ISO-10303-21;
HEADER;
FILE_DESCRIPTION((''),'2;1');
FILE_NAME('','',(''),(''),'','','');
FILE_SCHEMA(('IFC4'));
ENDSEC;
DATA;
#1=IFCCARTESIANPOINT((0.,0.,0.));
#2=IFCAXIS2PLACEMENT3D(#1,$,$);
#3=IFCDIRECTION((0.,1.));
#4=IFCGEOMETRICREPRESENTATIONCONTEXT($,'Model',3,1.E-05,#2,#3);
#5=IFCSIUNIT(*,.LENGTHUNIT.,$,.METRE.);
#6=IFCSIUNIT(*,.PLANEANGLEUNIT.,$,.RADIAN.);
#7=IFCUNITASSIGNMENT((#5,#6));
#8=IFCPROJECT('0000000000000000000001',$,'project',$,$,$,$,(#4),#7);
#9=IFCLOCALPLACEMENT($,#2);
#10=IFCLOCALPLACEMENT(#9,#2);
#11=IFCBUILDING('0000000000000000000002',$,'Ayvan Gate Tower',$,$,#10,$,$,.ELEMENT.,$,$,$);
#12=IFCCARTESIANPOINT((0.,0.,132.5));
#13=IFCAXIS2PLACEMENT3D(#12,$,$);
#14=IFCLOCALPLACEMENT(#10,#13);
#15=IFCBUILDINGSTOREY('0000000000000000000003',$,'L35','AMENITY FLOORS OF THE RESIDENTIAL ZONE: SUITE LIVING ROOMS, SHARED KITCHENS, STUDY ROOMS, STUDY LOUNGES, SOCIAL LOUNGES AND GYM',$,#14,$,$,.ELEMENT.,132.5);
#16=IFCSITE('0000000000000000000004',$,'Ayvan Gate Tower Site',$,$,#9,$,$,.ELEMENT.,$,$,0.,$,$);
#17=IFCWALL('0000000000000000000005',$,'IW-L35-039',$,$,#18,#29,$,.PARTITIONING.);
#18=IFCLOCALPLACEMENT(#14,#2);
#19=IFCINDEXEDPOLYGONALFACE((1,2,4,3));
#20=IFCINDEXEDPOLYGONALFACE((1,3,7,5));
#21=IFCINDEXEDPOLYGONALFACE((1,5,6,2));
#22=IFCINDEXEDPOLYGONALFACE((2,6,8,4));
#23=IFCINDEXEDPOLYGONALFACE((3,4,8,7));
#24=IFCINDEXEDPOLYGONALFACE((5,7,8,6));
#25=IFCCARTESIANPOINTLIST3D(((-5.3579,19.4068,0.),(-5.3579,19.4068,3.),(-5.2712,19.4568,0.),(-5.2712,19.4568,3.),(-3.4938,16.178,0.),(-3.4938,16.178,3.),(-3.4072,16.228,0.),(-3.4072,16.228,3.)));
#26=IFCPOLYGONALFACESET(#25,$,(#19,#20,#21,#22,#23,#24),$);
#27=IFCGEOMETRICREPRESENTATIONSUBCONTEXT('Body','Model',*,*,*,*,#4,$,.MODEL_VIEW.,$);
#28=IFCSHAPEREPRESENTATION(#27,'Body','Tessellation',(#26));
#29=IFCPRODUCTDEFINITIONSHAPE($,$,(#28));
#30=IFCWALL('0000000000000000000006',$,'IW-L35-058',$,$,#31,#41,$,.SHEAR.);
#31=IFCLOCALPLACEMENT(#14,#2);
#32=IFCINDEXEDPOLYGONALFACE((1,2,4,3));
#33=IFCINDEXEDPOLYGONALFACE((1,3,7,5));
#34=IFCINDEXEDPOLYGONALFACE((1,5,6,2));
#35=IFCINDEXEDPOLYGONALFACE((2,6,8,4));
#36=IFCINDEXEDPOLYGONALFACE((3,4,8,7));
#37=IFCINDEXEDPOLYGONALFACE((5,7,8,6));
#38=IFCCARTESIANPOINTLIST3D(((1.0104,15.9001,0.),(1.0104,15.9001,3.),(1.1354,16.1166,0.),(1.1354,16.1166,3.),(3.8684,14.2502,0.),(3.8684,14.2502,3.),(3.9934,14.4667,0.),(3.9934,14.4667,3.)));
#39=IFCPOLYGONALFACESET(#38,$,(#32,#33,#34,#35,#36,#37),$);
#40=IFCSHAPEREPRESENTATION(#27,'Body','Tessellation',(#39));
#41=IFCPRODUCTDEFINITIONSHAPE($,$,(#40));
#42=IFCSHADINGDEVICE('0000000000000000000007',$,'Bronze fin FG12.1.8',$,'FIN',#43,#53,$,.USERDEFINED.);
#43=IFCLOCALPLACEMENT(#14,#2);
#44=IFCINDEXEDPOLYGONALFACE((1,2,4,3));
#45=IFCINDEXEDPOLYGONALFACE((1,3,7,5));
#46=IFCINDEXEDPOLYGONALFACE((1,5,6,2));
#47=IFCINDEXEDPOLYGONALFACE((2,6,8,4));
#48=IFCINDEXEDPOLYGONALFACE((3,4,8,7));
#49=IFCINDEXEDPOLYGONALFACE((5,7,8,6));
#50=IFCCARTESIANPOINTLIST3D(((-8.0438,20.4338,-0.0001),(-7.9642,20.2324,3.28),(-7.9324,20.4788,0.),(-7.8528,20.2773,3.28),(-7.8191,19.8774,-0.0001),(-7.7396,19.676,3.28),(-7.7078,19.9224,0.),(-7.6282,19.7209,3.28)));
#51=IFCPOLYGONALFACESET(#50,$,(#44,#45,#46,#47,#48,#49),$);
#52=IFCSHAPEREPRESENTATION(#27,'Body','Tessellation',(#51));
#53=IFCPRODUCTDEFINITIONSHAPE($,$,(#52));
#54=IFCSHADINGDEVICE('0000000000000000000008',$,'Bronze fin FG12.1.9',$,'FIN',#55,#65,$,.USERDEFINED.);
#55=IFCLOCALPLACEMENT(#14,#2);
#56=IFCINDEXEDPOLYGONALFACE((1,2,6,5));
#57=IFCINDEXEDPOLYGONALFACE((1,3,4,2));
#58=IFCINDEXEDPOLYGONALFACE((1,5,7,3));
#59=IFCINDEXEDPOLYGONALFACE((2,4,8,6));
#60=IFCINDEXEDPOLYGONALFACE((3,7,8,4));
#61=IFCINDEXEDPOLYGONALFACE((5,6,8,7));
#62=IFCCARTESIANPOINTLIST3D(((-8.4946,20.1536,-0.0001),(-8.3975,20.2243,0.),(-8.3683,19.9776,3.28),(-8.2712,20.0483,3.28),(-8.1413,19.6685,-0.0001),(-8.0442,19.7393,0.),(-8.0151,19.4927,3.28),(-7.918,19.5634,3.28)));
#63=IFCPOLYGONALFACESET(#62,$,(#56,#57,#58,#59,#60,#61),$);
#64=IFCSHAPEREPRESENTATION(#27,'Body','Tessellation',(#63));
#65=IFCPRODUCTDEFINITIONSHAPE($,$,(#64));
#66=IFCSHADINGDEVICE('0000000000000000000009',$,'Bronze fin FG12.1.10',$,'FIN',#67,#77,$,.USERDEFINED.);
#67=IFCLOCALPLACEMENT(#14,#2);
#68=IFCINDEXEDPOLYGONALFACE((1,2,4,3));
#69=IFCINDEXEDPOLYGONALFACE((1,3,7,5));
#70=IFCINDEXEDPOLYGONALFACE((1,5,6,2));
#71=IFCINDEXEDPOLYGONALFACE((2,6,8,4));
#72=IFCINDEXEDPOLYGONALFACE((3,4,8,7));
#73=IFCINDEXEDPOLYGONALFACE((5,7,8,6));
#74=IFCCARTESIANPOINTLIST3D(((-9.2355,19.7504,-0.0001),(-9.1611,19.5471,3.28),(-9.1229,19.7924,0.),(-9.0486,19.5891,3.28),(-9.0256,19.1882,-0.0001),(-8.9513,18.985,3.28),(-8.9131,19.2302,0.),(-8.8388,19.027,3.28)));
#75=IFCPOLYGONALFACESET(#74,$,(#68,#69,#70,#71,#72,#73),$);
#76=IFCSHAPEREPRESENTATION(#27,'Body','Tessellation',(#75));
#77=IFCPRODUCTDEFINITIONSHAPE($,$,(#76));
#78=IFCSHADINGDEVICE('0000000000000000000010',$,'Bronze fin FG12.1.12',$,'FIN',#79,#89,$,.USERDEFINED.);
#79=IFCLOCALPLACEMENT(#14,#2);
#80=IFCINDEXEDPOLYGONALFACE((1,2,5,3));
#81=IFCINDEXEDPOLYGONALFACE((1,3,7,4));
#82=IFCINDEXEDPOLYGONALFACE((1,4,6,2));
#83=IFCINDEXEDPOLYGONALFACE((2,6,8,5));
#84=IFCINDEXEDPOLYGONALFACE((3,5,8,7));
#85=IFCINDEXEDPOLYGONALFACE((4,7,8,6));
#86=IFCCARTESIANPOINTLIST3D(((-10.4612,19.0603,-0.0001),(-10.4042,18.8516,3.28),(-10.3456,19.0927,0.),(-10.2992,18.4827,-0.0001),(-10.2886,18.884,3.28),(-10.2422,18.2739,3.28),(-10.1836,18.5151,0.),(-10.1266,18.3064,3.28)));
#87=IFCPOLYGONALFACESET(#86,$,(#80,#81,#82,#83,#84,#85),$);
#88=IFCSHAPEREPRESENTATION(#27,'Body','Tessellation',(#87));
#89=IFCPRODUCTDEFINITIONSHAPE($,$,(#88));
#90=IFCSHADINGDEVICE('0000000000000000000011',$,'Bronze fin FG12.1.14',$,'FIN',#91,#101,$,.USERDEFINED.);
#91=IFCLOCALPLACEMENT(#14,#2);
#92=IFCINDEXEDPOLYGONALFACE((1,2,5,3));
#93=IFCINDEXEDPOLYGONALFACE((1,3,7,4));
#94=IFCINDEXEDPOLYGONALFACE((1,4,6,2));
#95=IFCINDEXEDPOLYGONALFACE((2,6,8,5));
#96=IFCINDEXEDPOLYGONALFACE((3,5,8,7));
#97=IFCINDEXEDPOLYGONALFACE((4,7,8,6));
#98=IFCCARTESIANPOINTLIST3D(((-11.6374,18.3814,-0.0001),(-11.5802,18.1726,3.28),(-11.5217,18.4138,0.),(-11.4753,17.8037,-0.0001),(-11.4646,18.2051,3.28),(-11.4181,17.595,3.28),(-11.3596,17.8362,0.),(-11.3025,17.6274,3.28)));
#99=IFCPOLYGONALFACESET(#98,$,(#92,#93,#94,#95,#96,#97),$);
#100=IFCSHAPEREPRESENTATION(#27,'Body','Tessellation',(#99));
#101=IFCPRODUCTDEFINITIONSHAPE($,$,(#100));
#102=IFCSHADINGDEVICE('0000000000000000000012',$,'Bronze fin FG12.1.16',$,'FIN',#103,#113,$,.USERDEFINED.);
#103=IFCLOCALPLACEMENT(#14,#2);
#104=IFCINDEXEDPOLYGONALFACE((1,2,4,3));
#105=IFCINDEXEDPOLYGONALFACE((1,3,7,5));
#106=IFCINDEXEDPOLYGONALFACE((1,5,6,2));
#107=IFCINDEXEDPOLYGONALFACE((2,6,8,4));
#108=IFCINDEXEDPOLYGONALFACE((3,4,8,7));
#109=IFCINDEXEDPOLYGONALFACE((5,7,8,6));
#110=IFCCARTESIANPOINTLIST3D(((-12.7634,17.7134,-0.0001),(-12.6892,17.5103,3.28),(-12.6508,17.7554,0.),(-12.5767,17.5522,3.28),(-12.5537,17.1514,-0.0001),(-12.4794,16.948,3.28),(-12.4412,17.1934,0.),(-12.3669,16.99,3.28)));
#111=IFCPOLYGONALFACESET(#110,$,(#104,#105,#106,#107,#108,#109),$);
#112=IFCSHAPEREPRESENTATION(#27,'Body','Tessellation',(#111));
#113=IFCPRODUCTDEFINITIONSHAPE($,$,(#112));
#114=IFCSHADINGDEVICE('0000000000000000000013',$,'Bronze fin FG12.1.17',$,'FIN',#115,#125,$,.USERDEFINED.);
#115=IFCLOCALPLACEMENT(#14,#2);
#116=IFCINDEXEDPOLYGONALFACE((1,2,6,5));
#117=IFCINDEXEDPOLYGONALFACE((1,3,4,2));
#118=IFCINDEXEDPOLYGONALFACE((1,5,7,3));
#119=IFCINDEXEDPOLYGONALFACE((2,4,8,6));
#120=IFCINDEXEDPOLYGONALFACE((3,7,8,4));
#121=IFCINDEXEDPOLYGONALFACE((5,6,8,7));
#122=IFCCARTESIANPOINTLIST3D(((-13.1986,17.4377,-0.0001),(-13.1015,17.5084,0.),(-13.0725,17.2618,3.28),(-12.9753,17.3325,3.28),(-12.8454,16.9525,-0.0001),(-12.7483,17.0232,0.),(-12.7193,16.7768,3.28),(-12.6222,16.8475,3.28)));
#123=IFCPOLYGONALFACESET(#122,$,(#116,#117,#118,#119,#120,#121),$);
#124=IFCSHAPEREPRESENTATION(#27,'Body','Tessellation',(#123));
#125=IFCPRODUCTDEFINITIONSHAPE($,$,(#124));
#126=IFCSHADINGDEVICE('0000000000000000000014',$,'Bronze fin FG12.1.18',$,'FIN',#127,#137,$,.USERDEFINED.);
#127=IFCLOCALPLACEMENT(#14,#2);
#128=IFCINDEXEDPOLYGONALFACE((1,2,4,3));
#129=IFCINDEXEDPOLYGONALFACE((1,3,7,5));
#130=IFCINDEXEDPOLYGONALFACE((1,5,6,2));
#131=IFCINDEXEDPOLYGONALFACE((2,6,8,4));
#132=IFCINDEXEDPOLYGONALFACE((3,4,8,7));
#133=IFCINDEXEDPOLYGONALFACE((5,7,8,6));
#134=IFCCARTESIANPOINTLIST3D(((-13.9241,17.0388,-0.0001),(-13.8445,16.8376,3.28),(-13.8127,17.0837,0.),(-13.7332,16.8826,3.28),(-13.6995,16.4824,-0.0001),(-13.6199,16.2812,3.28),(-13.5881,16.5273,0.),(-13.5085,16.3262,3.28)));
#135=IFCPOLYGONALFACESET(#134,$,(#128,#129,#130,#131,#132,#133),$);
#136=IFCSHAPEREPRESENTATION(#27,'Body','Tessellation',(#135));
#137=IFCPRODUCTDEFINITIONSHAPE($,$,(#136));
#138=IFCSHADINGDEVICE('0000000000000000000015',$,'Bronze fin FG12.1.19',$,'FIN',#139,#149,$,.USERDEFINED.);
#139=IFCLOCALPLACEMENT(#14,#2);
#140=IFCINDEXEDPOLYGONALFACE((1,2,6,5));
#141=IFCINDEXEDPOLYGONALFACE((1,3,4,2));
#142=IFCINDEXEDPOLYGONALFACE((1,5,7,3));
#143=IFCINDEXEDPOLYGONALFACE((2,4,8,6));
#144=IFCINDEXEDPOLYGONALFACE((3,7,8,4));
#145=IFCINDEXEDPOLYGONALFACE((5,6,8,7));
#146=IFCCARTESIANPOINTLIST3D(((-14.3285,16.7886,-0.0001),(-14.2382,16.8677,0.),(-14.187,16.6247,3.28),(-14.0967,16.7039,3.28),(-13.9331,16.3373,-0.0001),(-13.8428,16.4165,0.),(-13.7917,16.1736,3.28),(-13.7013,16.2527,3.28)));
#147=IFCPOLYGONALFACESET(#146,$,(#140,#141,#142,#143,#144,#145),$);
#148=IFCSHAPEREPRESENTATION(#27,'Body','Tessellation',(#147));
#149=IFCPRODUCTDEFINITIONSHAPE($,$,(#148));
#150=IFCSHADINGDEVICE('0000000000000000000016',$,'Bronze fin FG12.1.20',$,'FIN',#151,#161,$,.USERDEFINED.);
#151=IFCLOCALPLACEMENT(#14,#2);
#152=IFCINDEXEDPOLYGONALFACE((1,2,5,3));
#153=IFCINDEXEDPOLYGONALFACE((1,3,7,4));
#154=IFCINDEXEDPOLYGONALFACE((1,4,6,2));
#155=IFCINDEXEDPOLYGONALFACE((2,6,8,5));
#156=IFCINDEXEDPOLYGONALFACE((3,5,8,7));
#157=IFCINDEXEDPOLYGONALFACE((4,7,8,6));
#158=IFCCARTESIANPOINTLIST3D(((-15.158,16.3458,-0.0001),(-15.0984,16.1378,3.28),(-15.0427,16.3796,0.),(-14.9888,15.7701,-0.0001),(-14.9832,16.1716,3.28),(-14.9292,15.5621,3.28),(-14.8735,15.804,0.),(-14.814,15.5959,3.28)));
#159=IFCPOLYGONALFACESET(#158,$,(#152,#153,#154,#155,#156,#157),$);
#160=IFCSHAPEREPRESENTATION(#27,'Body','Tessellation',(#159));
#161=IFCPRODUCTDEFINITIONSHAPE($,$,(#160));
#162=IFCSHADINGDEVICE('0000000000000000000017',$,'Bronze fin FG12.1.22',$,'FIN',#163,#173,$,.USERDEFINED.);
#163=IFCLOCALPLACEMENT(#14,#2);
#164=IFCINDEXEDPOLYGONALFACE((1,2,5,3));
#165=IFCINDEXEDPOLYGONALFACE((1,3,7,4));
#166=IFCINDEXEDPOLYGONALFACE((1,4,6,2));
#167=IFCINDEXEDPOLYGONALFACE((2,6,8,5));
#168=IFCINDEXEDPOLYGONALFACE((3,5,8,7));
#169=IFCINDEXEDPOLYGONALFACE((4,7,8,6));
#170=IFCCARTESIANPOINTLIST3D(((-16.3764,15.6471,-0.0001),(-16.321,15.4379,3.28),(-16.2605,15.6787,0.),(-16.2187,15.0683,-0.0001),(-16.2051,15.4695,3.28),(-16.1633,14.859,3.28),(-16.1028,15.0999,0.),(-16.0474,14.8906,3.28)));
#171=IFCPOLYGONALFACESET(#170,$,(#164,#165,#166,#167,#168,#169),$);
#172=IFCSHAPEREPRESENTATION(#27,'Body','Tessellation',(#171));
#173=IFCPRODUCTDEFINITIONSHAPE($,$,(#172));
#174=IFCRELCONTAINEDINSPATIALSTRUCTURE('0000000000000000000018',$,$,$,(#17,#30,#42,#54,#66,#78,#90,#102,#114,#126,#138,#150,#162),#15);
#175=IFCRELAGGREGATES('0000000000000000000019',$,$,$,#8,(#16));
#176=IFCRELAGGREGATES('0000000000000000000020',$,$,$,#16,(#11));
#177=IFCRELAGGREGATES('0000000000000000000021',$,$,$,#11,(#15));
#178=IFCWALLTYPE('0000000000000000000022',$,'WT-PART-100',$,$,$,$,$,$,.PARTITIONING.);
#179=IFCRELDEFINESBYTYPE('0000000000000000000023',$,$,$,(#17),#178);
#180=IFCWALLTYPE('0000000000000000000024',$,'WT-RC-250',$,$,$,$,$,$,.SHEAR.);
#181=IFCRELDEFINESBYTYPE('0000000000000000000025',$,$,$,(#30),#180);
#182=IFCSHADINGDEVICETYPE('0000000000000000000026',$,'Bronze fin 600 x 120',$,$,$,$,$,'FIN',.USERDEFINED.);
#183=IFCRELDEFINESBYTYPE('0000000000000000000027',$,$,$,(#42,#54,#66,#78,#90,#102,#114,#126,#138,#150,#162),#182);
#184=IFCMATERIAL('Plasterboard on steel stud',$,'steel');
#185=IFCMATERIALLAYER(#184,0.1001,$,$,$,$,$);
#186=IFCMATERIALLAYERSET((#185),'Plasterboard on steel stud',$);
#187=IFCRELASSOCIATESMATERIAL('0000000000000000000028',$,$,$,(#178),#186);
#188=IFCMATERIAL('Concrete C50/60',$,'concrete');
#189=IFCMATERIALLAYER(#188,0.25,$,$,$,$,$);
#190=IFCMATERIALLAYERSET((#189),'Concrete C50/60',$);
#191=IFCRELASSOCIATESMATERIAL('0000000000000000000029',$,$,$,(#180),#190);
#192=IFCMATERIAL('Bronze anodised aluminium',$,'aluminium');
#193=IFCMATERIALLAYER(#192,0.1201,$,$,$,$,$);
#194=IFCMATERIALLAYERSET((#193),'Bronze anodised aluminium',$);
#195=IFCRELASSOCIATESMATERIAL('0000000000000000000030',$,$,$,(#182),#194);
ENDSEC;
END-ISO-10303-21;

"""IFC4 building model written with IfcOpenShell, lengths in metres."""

from ifc_helpers import new_model, si_unit, direction, frame, frame_2d, origin, place, context, subcontext, project, spatial, polyline, rectangle, outline, extrude, material, layer, layer_set, type_object, element, save


model = new_model("IFC4")

# Units and contexts
model_context = context("Model", 3, precision=1e-05, world=origin(), true_north=direction((0.0, 1.0)))
body_context = subcontext(model_context, "Body", "Model", "MODEL_VIEW")
ifc_project = project(units=[si_unit("LENGTHUNIT", "METRE"), si_unit("PLANEANGLEUNIT", "RADIAN")], contexts=[model_context])

# Site, building, storey
site_placement = place(None, origin())
site = spatial("IfcSite", under=ifc_project, at=site_placement, Name="Ayvan Gate Tower Site", CompositionType="ELEMENT", RefElevation=0.0)
building_placement = place(site_placement, origin())
building = spatial("IfcBuilding", under=site, at=building_placement, Name="Ayvan Gate Tower", CompositionType="ELEMENT")
storey_placement = place(building_placement, frame((0.0, 0.0, 132.5)))
storey = spatial("IfcBuildingStorey", under=building, at=storey_placement, Name="L35", Description="AMENITY FLOORS OF THE RESIDENTIAL ZONE: SUITE LIVING ROOMS, SHARED KITCHENS, STUDY ROOMS, STUDY LOUNGES, SOCIAL LOUNGES AND GYM", CompositionType="ELEMENT", Elevation=132.5)

# Shared definitions
ifc_material_1 = material(Name="Bronze anodised aluminium", Category="aluminium")

# Shared definitions
ifc_material_2 = material(Name="Plasterboard on steel stud", Category="steel")

# Walls
ifc_layer_1 = layer(ifc_material_2, 0.1001)
ifc_layer_set_1 = layer_set([ifc_layer_1], Name="Plasterboard on steel stud")
wall_type_1 = type_object("IfcWallType", Name="WT-PART-100", PredefinedType="PARTITIONING", material=ifc_layer_set_1)
wall_1_placement = place(storey_placement, frame((-3.4504, 16.2029, 0.0), z_axis=(0.0, 0.0, 1.0), x_axis=(-0.499978, 0.866038, 0.0)))
element("IfcWall", 1, at=wall_1_placement, inside=storey, type_object=wall_type_1, Name="IW-L35-039", PredefinedType="PARTITIONING", context=body_context, shape_type="SweptSolid", body=[
    extrude(rectangle(XDim=3.7283, YDim=0.1001, at=frame_2d((1.8643, 0.0))), origin(), (0.0, 0.0, 1.0), 3.0),
])
ifc_material_3 = material(Name="Concrete C50/60", Category="concrete")
ifc_layer_2 = layer(ifc_material_3, 0.25)
ifc_layer_set_2 = layer_set([ifc_layer_2], Name="Concrete C50/60")
wall_type_2 = type_object("IfcWallType", Name="WT-RC-250", PredefinedType="SHEAR", material=ifc_layer_set_2)
wall_2_placement = place(storey_placement, frame((1.073, 16.0083, 0.0), z_axis=(0.0, 0.0, 1.0), x_axis=(0.86604, -0.499974, 0.0)))
element("IfcWall", 2, at=wall_2_placement, inside=storey, type_object=wall_type_2, Name="IW-L35-058", PredefinedType="SHEAR", context=body_context, shape_type="SweptSolid", body=[
    extrude(rectangle(XDim=3.3, YDim=0.25, at=frame_2d((1.6499, 0.0))), origin(), (0.0, 0.0, 1.0), 3.0),
])

# Shading devices
ifc_layer_3 = layer(ifc_material_1, 0.1201)
ifc_layer_set_3 = layer_set([ifc_layer_3], Name="Bronze anodised aluminium")
shading_device_type = type_object("IfcShadingDeviceType", Name="Bronze fin 600 x 120", ElementType="FIN", PredefinedType="USERDEFINED", material=ifc_layer_set_3)
shading_device_1_placement = place(storey_placement, frame((-7.7078, 19.9224, 0.0), z_axis=(0.927293, 0.374335, 0.000486), x_axis=(-0.374335, 0.927293, 0.0)))
element("IfcShadingDevice", 3, at=shading_device_1_placement, inside=storey, type_object=shading_device_type, Name="Bronze fin FG12.1.8", ObjectType="FIN", PredefinedType="USERDEFINED", context=body_context, shape_type="SweptSolid", body=[
    extrude(outline(polyline([(0.0, 0.0), (0.6, 0.0), (0.3835, 3.28), (-0.2166, 3.28), (0.0, 0.0)])), origin(), (0.0, 0.0, -1.0), 0.1201),
])
shading_device_2_placement = place(storey_placement, frame((-8.0442, 19.7393, 0.0), z_axis=(0.808296, 0.588776, 0.000471), x_axis=(-0.588776, 0.808296, 0.0)))
element("IfcShadingDevice", 4, at=shading_device_2_placement, inside=storey, type_object=shading_device_type, Name="Bronze fin FG12.1.9", ObjectType="FIN", PredefinedType="USERDEFINED", context=body_context, shape_type="SweptSolid", body=[
    extrude(outline(polyline([(0.0, 0.0), (0.6001, 0.0), (0.3835, 3.28), (-0.2164, 3.28), (0.0, 0.0)])), origin(), (0.0, 0.0, -1.0), 0.1201),
])
shading_device_3_placement = place(storey_placement, frame((-8.9131, 19.2302, 0.0), z_axis=(0.936855, 0.349718, 0.000437), x_axis=(-0.349718, 0.936855, 0.0)))
element("IfcShadingDevice", 5, at=shading_device_3_placement, inside=storey, type_object=shading_device_type, Name="Bronze fin FG12.1.10", ObjectType="FIN", PredefinedType="USERDEFINED", context=body_context, shape_type="SweptSolid", body=[
    extrude(outline(polyline([(0.0, 0.0), (0.6001, 0.0), (0.3836, 3.28), (-0.2163, 3.28), (0.0, 0.0)])), origin(), (0.0, 0.0, -1.0), 0.1201),
])
shading_device_4_placement = place(storey_placement, frame((-10.1836, 18.5151, 0.0), z_axis=(0.962856, 0.270015, 0.000449), x_axis=(-0.270015, 0.962856, 0.0)))
element("IfcShadingDevice", 6, at=shading_device_4_placement, inside=storey, type_object=shading_device_type, Name="Bronze fin FG12.1.12", ObjectType="FIN", PredefinedType="USERDEFINED", context=body_context, shape_type="SweptSolid", body=[
    extrude(outline(polyline([(0.0, 0.0), (0.5999, 0.0), (0.3835, 3.28), (-0.2164, 3.28), (0.0, 0.0)])), origin(), (0.0, 0.0, -1.0), 0.1201),
])
shading_device_5_placement = place(storey_placement, frame((-11.3596, 17.8362, 0.0), z_axis=(0.962803, 0.270203, 0.000426), x_axis=(-0.270203, 0.962803, 0.0)))
element("IfcShadingDevice", 7, at=shading_device_5_placement, inside=storey, type_object=shading_device_type, Name="Bronze fin FG12.1.14", ObjectType="FIN", PredefinedType="USERDEFINED", context=body_context, shape_type="SweptSolid", body=[
    extrude(outline(polyline([(0.0, 0.0), (0.6, 0.0), (0.3835, 3.28), (-0.2164, 3.28), (0.0, 0.0)])), origin(), (0.0, 0.0, -1.0), 0.1201),
])
shading_device_6_placement = place(storey_placement, frame((-12.4412, 17.1934, 0.0), z_axis=(0.936921, 0.34954, 0.000459), x_axis=(-0.34954, 0.936921, 0.0)))
element("IfcShadingDevice", 8, at=shading_device_6_placement, inside=storey, type_object=shading_device_type, Name="Bronze fin FG12.1.16", ObjectType="FIN", PredefinedType="USERDEFINED", context=body_context, shape_type="SweptSolid", body=[
    extrude(outline(polyline([(0.0, 0.0), (0.5999, 0.0), (0.3836, 3.28), (-0.2165, 3.28), (0.0, 0.0)])), origin(), (0.0, 0.0, -1.0), 0.1201),
])
shading_device_7_placement = place(storey_placement, frame((-12.7483, 17.0232, 0.0), z_axis=(0.808463, 0.588547, 0.00046), x_axis=(-0.588547, 0.808463, 0.0)))
element("IfcShadingDevice", 9, at=shading_device_7_placement, inside=storey, type_object=shading_device_type, Name="Bronze fin FG12.1.17", ObjectType="FIN", PredefinedType="USERDEFINED", context=body_context, shape_type="SweptSolid", body=[
    extrude(outline(polyline([(0.0, 0.0), (0.6001, 0.0), (0.3837, 3.28), (-0.2163, 3.28), (0.0, 0.0)])), origin(), (0.0, 0.0, -1.0), 0.1201),
])
shading_device_8_placement = place(storey_placement, frame((-13.5881, 16.5273, 0.0), z_axis=(0.927293, 0.374335, 0.000458), x_axis=(-0.374335, 0.927293, 0.0)))
element("IfcShadingDevice", 10, at=shading_device_8_placement, inside=storey, type_object=shading_device_type, Name="Bronze fin FG12.1.18", ObjectType="FIN", PredefinedType="USERDEFINED", context=body_context, shape_type="SweptSolid", body=[
    extrude(outline(polyline([(0.0, 0.0), (0.6, 0.0), (0.3837, 3.28), (-0.2163, 3.28), (0.0, 0.0)])), origin(), (0.0, 0.0, -1.0), 0.1201),
])
shading_device_9_placement = place(storey_placement, frame((-13.8428, 16.4165, 0.0), z_axis=(0.752072, 0.659081, 0.000478), x_axis=(-0.659081, 0.752072, 0.0)))
element("IfcShadingDevice", 11, at=shading_device_9_placement, inside=storey, type_object=shading_device_type, Name="Bronze fin FG12.1.19", ObjectType="FIN", PredefinedType="USERDEFINED", context=body_context, shape_type="SweptSolid", body=[
    extrude(outline(polyline([(0.0, 0.0), (0.6, 0.0), (0.3835, 3.28), (-0.2164, 3.28), (0.0, 0.0)])), origin(), (0.0, 0.0, -1.0), 0.1201),
])
shading_device_10_placement = place(storey_placement, frame((-14.8735, 15.804, 0.0), z_axis=(0.959424, 0.281968, 0.000457), x_axis=(-0.281968, 0.959424, 0.0)))
element("IfcShadingDevice", 12, at=shading_device_10_placement, inside=storey, type_object=shading_device_type, Name="Bronze fin FG12.1.20", ObjectType="FIN", PredefinedType="USERDEFINED", context=body_context, shape_type="SweptSolid", body=[
    extrude(outline(polyline([(0.0, 0.0), (0.6, 0.0), (0.3837, 3.28), (-0.2164, 3.28), (0.0, 0.0)])), origin(), (0.0, 0.0, -1.0), 0.1201),
])
shading_device_11_placement = place(storey_placement, frame((-16.1028, 15.0999, 0.0), z_axis=(0.964829, 0.262876, 0.000467), x_axis=(-0.262876, 0.96483, 0.0)))
element("IfcShadingDevice", 13, at=shading_device_11_placement, inside=storey, type_object=shading_device_type, Name="Bronze fin FG12.1.22", ObjectType="FIN", PredefinedType="USERDEFINED", context=body_context, shape_type="SweptSolid", body=[
    extrude(outline(polyline([(0.0, 0.0), (0.6, 0.0), (0.3835, 3.28), (-0.2164, 3.28), (0.0, 0.0)])), origin(), (0.0, 0.0, -1.0), 0.1201),
])

save(model, "model.ifc")
